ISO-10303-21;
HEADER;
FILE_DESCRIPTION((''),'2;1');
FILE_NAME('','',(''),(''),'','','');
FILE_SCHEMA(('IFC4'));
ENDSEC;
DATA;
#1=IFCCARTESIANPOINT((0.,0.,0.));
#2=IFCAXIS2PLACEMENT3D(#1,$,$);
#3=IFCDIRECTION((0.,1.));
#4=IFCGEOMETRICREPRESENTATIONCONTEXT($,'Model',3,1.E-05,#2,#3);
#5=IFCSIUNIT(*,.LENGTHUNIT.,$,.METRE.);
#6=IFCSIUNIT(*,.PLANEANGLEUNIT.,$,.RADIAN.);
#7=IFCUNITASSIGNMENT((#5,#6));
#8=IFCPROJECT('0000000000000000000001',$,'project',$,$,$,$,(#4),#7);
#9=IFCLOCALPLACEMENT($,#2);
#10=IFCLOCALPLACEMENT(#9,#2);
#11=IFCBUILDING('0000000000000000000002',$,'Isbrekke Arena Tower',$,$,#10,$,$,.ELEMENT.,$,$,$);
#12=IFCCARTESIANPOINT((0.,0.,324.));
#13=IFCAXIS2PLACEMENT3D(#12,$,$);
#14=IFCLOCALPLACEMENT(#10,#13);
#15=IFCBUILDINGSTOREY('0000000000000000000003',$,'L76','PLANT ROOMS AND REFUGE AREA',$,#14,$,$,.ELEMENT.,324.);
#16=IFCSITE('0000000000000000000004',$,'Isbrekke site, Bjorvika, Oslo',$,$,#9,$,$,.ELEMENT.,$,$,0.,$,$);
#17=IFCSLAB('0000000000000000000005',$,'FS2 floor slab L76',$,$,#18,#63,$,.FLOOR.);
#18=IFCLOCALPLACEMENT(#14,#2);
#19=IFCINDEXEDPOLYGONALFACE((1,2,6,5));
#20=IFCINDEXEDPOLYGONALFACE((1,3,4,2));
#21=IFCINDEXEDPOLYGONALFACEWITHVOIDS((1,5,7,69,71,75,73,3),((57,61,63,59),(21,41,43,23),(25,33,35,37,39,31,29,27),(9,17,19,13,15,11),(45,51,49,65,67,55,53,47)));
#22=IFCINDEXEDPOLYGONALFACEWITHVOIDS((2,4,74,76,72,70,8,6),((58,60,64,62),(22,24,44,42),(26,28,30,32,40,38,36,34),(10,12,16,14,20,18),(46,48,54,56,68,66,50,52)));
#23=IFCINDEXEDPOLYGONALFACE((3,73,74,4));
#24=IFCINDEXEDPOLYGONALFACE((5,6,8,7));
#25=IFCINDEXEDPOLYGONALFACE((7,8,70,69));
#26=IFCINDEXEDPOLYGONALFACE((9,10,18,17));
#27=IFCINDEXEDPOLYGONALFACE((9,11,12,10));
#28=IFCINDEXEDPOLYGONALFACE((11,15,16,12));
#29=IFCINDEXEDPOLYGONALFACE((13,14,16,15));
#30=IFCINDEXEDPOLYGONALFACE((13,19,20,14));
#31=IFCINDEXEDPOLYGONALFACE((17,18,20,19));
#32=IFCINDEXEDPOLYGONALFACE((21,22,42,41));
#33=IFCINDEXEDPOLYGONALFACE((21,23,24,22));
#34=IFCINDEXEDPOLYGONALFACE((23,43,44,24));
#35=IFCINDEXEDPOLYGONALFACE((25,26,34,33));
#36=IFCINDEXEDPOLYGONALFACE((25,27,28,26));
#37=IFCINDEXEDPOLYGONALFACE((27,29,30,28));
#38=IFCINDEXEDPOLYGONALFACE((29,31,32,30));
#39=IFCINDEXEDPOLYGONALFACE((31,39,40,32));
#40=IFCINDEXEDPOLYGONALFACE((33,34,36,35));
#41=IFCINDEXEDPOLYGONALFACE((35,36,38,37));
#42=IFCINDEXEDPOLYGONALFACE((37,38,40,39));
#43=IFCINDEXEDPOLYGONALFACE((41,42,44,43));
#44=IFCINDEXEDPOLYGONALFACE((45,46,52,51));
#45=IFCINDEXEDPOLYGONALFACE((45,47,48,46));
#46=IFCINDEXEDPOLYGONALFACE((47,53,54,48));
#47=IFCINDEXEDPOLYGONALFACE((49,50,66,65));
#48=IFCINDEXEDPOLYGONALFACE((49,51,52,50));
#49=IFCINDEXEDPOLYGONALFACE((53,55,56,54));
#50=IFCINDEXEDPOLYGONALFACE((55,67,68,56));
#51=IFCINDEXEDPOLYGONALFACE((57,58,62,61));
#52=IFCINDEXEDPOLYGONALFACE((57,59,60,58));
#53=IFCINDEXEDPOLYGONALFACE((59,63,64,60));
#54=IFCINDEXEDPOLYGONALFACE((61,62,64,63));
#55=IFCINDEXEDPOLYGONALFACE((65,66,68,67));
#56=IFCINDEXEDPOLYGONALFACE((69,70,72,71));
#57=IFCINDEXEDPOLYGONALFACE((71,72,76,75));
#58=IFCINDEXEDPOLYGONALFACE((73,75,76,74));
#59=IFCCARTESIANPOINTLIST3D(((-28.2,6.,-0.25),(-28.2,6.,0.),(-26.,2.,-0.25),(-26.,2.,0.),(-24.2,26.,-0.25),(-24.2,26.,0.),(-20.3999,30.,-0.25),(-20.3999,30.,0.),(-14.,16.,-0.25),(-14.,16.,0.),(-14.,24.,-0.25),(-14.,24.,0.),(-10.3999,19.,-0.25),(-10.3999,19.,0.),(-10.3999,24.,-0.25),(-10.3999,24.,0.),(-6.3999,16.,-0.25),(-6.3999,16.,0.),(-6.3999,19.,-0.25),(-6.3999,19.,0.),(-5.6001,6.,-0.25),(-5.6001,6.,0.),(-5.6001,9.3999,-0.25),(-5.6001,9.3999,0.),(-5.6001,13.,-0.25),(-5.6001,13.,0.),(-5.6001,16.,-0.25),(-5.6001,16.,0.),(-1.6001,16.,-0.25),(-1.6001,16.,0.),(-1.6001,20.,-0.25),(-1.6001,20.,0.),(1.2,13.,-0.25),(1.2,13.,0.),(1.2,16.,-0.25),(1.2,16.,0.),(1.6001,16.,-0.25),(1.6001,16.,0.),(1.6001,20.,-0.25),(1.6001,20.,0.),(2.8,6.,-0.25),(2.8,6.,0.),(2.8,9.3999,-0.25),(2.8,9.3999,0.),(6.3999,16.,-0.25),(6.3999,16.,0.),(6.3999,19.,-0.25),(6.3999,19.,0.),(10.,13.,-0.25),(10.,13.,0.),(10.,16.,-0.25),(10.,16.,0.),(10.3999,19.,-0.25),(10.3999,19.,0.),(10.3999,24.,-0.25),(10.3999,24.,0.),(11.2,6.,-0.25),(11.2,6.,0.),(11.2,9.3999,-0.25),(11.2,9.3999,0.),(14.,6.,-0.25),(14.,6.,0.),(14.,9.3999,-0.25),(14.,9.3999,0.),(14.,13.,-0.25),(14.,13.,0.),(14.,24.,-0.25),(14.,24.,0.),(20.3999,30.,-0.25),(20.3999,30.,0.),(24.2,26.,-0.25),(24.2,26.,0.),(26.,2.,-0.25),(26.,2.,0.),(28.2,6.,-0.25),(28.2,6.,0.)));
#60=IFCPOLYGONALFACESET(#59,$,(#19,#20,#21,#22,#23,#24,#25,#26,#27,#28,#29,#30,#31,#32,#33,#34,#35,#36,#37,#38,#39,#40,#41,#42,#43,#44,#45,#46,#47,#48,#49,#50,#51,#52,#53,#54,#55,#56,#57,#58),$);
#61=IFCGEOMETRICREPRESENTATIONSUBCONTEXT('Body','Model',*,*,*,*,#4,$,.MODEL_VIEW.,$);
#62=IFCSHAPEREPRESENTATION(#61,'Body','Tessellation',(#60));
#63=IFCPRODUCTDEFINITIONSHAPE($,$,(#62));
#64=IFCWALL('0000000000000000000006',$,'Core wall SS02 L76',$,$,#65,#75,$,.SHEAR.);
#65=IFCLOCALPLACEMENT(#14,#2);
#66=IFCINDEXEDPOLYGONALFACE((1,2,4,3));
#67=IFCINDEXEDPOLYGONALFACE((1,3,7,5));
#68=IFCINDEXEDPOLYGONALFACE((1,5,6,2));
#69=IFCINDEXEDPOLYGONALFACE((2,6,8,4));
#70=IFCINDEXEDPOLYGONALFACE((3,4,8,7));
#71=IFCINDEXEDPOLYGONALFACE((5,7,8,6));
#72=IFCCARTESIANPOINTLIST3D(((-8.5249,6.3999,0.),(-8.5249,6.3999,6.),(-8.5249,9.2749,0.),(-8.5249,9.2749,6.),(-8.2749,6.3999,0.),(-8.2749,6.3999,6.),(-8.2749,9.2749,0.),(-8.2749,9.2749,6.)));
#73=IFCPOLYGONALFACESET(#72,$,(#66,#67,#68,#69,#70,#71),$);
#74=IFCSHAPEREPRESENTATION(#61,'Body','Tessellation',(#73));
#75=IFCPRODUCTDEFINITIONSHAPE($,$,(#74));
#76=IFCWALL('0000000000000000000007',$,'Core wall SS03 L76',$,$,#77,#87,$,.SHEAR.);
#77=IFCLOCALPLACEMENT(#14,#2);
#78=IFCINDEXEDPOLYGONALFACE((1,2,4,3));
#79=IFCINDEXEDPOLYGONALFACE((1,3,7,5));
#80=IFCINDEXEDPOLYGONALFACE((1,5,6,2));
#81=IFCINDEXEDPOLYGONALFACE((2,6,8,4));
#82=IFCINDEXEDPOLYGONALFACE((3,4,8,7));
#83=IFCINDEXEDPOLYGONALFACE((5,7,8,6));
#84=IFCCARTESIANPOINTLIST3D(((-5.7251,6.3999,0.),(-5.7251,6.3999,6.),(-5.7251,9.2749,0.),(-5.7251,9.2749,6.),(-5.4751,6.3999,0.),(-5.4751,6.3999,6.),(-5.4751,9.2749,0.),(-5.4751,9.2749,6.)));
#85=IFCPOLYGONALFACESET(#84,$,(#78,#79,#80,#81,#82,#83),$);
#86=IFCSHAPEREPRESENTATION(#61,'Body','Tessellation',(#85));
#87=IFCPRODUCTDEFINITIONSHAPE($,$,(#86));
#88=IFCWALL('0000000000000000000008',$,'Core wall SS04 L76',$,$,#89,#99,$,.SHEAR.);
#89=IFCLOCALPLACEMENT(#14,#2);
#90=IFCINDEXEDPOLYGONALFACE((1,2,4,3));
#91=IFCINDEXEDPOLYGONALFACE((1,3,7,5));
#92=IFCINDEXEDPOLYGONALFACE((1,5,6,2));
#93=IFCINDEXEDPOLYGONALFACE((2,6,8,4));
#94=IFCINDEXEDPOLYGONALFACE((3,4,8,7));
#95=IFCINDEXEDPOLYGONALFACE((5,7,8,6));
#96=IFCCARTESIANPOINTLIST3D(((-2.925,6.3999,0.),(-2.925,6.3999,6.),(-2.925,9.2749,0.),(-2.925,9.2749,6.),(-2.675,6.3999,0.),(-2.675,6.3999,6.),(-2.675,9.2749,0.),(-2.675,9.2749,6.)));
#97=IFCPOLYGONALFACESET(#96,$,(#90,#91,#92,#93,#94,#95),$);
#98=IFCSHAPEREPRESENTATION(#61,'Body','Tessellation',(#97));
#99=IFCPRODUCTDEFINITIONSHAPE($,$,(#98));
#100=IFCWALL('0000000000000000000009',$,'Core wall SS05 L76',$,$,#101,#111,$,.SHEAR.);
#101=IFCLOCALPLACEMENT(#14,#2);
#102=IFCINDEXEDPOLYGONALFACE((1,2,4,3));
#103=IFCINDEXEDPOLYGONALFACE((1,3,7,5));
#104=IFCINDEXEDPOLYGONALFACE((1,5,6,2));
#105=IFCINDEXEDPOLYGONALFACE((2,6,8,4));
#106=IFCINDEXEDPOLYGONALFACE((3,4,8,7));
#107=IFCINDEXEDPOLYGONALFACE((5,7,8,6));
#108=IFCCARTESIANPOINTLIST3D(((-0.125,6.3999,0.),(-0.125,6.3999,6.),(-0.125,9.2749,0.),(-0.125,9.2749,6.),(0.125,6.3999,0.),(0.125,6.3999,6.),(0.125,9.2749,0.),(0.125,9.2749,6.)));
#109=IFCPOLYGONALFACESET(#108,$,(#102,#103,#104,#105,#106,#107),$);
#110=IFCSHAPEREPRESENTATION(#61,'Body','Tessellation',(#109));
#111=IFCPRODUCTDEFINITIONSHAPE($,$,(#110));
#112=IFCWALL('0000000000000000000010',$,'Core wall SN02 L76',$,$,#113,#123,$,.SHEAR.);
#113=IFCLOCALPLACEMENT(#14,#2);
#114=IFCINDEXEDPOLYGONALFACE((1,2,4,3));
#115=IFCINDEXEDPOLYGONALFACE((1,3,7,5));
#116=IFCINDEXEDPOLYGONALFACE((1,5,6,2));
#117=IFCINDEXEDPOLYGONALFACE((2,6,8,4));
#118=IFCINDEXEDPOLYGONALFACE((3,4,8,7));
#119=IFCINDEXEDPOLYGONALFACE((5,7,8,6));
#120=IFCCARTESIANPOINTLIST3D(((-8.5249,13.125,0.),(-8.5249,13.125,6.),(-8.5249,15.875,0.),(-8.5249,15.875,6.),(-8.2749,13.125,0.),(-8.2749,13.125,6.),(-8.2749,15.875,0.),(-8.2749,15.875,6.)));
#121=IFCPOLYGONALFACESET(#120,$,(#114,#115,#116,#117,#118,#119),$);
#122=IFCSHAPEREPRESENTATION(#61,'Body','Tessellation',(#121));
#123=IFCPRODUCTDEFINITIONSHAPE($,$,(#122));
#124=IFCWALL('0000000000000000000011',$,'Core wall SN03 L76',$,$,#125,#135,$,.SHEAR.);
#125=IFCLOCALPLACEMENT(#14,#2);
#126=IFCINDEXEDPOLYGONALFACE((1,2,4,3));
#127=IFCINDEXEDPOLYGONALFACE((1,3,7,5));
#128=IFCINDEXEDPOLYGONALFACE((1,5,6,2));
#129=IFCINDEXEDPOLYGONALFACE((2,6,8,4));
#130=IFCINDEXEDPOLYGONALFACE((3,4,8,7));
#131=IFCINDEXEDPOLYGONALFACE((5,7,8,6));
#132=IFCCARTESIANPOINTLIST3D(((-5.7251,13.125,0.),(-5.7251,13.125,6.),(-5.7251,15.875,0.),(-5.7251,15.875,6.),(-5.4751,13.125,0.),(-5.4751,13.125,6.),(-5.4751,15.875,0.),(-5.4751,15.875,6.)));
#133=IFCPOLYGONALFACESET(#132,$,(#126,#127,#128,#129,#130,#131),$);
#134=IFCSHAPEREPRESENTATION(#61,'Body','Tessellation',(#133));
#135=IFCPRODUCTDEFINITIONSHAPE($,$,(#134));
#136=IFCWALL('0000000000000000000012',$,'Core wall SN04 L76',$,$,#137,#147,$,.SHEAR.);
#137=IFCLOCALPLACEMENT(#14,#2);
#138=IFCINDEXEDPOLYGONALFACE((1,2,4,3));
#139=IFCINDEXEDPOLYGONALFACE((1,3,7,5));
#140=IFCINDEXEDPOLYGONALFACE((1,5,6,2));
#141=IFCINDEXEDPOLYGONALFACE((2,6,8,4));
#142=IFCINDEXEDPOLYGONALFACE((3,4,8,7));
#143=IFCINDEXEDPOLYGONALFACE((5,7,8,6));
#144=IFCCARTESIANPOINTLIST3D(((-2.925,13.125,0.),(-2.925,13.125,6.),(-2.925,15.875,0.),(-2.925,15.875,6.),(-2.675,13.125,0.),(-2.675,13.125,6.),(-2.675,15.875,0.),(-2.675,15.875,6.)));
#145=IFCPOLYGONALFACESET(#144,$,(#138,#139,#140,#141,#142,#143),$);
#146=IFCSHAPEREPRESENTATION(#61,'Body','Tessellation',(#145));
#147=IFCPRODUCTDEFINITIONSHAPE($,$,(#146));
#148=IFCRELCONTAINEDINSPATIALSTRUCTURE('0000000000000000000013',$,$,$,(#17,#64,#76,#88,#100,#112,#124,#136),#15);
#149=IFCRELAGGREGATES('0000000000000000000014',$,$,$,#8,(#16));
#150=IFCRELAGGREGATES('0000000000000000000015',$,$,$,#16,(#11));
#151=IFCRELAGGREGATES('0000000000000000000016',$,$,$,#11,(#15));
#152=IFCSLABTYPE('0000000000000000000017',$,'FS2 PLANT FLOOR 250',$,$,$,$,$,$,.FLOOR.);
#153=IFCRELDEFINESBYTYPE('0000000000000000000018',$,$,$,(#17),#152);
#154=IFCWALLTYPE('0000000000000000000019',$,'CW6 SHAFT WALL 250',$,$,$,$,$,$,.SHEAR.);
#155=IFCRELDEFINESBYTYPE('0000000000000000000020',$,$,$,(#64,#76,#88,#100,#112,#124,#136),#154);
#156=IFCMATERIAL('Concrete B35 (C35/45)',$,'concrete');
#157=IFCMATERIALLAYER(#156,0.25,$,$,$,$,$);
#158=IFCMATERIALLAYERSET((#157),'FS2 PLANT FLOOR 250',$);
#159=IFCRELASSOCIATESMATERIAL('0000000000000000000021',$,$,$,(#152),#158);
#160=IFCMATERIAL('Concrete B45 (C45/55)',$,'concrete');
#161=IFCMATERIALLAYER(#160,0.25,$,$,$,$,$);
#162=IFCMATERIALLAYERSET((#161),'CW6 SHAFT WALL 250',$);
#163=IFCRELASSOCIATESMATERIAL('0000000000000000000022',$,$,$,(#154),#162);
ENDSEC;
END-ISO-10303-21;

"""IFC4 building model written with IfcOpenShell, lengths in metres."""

from ifc_helpers import new_model, si_unit, direction, frame, frame_2d, origin, place, context, subcontext, project, spatial, polyline, rectangle, outline, extrude, material, layer, layer_set, type_object, element, save


model = new_model("IFC4")

# Units and contexts
model_context = context("Model", 3, precision=1e-05, world=origin(), true_north=direction((0.0, 1.0)))
body_context = subcontext(model_context, "Body", "Model", "MODEL_VIEW")
ifc_project = project(units=[si_unit("LENGTHUNIT", "METRE"), si_unit("PLANEANGLEUNIT", "RADIAN")], contexts=[model_context])

# Site, building, storey
site_placement = place(None, origin())
site = spatial("IfcSite", under=ifc_project, at=site_placement, Name="Isbrekke site, Bjorvika, Oslo", CompositionType="ELEMENT", RefElevation=0.0)
building_placement = place(site_placement, origin())
building = spatial("IfcBuilding", under=site, at=building_placement, Name="Isbrekke Arena Tower", CompositionType="ELEMENT")
storey_placement = place(building_placement, frame((0.0, 0.0, 324.0)))
storey = spatial("IfcBuildingStorey", under=building, at=storey_placement, Name="L76", Description="PLANT ROOMS AND REFUGE AREA", CompositionType="ELEMENT", Elevation=324.0)

# Slab
ifc_material_1 = material(Name="Concrete B35 (C35/45)", Category="concrete")
ifc_layer_1 = layer(ifc_material_1, 0.25)
ifc_layer_set_1 = layer_set([ifc_layer_1], Name="FS2 PLANT FLOOR 250")
slab_type = type_object("IfcSlabType", Name="FS2 PLANT FLOOR 250", PredefinedType="FLOOR", material=ifc_layer_set_1)
slab_placement = place(storey_placement, frame((0.0, 0.0, -0.25)))
element("IfcSlab", 1, at=slab_placement, inside=storey, type_object=slab_type, Name="FS2 floor slab L76", PredefinedType="FLOOR", context=body_context, shape_type="SweptSolid", body=[
    extrude(outline(polyline([(-26.0, 2.0), (26.0, 2.0), (28.2, 6.0), (24.2, 26.0), (20.3999, 30.0), (-20.3999, 30.0), (-24.2, 26.0), (-28.2, 6.0), (-26.0, 2.0)]), holes=[polyline([(2.8, 9.3999), (2.8, 6.0), (-5.6001, 6.0), (-5.6001, 9.3999), (2.8, 9.3999)]), polyline([(11.2, 6.0), (11.2, 9.3999), (14.0, 9.3999), (14.0, 6.0), (11.2, 6.0)]), polyline([(-5.6001, 13.0), (-5.6001, 16.0), (-1.6001, 16.0), (-1.6001, 20.0), (1.6001, 20.0), (1.6001, 16.0), (1.2, 16.0), (1.2, 13.0), (-5.6001, 13.0)]), polyline([(14.0, 13.0), (10.0, 13.0), (10.0, 16.0), (6.3999, 16.0), (6.3999, 19.0), (10.3999, 19.0), (10.3999, 24.0), (14.0, 24.0), (14.0, 13.0)]), polyline([(-6.3999, 19.0), (-6.3999, 16.0), (-14.0, 16.0), (-14.0, 24.0), (-10.3999, 24.0), (-10.3999, 19.0), (-6.3999, 19.0)])]), origin(), (0.0, 0.0, 1.0), 0.25),
])

# Walls
ifc_material_2 = material(Name="Concrete B45 (C45/55)", Category="concrete")
ifc_layer_2 = layer(ifc_material_2, 0.25)
ifc_layer_set_2 = layer_set([ifc_layer_2], Name="CW6 SHAFT WALL 250")
wall_type = type_object("IfcWallType", Name="CW6 SHAFT WALL 250", PredefinedType="SHEAR", material=ifc_layer_set_2)
for number, where, z_axis, x_axis, name in (
    (2, (-8.3999, 6.3999, 0.0), (0.0, 0.0, 1.0), (0.0, 1.0, 0.0), "Core wall SS02 L76"),
    (3, (-5.6001, 6.3999, 0.0), (0.0, 0.0, 1.0), (0.0, 1.0, 0.0), "Core wall SS03 L76"),
    (4, (-2.8, 6.3999, 0.0), (0.0, 0.0, 1.0), (0.0, 1.0, 0.0), "Core wall SS04 L76"),
    (5, (0.0, 6.3999, 0.0), (0.0, 0.0, 1.0), (0.0, 1.0, 0.0), "Core wall SS05 L76"),
):
    element("IfcWall", number, at=place(storey_placement, frame(where, z_axis=z_axis, x_axis=x_axis)), inside=storey, type_object=wall_type, Name=name, PredefinedType="SHEAR", context=body_context, shape_type="SweptSolid", body=[
        extrude(rectangle(XDim=2.875, YDim=0.25, at=frame_2d((1.4375, 0.0))), origin(), (0.0, 0.0, 1.0), 6.0),
    ])
for number, where, z_axis, x_axis, name in (
    (6, (-8.3999, 13.125, 0.0), (0.0, 0.0, 1.0), (0.0, 1.0, 0.0), "Core wall SN02 L76"),
    (7, (-5.6001, 13.125, 0.0), (0.0, 0.0, 1.0), (0.0, 1.0, 0.0), "Core wall SN03 L76"),
    (8, (-2.8, 13.125, 0.0), (0.0, 0.0, 1.0), (0.0, 1.0, 0.0), "Core wall SN04 L76"),
):
    element("IfcWall", number, at=place(storey_placement, frame(where, z_axis=z_axis, x_axis=x_axis)), inside=storey, type_object=wall_type, Name=name, PredefinedType="SHEAR", context=body_context, shape_type="SweptSolid", body=[
        extrude(rectangle(XDim=2.75, YDim=0.25, at=frame_2d((1.375, 0.0))), origin(), (0.0, 0.0, 1.0), 6.0),
    ])

save(model, "model.ifc")
